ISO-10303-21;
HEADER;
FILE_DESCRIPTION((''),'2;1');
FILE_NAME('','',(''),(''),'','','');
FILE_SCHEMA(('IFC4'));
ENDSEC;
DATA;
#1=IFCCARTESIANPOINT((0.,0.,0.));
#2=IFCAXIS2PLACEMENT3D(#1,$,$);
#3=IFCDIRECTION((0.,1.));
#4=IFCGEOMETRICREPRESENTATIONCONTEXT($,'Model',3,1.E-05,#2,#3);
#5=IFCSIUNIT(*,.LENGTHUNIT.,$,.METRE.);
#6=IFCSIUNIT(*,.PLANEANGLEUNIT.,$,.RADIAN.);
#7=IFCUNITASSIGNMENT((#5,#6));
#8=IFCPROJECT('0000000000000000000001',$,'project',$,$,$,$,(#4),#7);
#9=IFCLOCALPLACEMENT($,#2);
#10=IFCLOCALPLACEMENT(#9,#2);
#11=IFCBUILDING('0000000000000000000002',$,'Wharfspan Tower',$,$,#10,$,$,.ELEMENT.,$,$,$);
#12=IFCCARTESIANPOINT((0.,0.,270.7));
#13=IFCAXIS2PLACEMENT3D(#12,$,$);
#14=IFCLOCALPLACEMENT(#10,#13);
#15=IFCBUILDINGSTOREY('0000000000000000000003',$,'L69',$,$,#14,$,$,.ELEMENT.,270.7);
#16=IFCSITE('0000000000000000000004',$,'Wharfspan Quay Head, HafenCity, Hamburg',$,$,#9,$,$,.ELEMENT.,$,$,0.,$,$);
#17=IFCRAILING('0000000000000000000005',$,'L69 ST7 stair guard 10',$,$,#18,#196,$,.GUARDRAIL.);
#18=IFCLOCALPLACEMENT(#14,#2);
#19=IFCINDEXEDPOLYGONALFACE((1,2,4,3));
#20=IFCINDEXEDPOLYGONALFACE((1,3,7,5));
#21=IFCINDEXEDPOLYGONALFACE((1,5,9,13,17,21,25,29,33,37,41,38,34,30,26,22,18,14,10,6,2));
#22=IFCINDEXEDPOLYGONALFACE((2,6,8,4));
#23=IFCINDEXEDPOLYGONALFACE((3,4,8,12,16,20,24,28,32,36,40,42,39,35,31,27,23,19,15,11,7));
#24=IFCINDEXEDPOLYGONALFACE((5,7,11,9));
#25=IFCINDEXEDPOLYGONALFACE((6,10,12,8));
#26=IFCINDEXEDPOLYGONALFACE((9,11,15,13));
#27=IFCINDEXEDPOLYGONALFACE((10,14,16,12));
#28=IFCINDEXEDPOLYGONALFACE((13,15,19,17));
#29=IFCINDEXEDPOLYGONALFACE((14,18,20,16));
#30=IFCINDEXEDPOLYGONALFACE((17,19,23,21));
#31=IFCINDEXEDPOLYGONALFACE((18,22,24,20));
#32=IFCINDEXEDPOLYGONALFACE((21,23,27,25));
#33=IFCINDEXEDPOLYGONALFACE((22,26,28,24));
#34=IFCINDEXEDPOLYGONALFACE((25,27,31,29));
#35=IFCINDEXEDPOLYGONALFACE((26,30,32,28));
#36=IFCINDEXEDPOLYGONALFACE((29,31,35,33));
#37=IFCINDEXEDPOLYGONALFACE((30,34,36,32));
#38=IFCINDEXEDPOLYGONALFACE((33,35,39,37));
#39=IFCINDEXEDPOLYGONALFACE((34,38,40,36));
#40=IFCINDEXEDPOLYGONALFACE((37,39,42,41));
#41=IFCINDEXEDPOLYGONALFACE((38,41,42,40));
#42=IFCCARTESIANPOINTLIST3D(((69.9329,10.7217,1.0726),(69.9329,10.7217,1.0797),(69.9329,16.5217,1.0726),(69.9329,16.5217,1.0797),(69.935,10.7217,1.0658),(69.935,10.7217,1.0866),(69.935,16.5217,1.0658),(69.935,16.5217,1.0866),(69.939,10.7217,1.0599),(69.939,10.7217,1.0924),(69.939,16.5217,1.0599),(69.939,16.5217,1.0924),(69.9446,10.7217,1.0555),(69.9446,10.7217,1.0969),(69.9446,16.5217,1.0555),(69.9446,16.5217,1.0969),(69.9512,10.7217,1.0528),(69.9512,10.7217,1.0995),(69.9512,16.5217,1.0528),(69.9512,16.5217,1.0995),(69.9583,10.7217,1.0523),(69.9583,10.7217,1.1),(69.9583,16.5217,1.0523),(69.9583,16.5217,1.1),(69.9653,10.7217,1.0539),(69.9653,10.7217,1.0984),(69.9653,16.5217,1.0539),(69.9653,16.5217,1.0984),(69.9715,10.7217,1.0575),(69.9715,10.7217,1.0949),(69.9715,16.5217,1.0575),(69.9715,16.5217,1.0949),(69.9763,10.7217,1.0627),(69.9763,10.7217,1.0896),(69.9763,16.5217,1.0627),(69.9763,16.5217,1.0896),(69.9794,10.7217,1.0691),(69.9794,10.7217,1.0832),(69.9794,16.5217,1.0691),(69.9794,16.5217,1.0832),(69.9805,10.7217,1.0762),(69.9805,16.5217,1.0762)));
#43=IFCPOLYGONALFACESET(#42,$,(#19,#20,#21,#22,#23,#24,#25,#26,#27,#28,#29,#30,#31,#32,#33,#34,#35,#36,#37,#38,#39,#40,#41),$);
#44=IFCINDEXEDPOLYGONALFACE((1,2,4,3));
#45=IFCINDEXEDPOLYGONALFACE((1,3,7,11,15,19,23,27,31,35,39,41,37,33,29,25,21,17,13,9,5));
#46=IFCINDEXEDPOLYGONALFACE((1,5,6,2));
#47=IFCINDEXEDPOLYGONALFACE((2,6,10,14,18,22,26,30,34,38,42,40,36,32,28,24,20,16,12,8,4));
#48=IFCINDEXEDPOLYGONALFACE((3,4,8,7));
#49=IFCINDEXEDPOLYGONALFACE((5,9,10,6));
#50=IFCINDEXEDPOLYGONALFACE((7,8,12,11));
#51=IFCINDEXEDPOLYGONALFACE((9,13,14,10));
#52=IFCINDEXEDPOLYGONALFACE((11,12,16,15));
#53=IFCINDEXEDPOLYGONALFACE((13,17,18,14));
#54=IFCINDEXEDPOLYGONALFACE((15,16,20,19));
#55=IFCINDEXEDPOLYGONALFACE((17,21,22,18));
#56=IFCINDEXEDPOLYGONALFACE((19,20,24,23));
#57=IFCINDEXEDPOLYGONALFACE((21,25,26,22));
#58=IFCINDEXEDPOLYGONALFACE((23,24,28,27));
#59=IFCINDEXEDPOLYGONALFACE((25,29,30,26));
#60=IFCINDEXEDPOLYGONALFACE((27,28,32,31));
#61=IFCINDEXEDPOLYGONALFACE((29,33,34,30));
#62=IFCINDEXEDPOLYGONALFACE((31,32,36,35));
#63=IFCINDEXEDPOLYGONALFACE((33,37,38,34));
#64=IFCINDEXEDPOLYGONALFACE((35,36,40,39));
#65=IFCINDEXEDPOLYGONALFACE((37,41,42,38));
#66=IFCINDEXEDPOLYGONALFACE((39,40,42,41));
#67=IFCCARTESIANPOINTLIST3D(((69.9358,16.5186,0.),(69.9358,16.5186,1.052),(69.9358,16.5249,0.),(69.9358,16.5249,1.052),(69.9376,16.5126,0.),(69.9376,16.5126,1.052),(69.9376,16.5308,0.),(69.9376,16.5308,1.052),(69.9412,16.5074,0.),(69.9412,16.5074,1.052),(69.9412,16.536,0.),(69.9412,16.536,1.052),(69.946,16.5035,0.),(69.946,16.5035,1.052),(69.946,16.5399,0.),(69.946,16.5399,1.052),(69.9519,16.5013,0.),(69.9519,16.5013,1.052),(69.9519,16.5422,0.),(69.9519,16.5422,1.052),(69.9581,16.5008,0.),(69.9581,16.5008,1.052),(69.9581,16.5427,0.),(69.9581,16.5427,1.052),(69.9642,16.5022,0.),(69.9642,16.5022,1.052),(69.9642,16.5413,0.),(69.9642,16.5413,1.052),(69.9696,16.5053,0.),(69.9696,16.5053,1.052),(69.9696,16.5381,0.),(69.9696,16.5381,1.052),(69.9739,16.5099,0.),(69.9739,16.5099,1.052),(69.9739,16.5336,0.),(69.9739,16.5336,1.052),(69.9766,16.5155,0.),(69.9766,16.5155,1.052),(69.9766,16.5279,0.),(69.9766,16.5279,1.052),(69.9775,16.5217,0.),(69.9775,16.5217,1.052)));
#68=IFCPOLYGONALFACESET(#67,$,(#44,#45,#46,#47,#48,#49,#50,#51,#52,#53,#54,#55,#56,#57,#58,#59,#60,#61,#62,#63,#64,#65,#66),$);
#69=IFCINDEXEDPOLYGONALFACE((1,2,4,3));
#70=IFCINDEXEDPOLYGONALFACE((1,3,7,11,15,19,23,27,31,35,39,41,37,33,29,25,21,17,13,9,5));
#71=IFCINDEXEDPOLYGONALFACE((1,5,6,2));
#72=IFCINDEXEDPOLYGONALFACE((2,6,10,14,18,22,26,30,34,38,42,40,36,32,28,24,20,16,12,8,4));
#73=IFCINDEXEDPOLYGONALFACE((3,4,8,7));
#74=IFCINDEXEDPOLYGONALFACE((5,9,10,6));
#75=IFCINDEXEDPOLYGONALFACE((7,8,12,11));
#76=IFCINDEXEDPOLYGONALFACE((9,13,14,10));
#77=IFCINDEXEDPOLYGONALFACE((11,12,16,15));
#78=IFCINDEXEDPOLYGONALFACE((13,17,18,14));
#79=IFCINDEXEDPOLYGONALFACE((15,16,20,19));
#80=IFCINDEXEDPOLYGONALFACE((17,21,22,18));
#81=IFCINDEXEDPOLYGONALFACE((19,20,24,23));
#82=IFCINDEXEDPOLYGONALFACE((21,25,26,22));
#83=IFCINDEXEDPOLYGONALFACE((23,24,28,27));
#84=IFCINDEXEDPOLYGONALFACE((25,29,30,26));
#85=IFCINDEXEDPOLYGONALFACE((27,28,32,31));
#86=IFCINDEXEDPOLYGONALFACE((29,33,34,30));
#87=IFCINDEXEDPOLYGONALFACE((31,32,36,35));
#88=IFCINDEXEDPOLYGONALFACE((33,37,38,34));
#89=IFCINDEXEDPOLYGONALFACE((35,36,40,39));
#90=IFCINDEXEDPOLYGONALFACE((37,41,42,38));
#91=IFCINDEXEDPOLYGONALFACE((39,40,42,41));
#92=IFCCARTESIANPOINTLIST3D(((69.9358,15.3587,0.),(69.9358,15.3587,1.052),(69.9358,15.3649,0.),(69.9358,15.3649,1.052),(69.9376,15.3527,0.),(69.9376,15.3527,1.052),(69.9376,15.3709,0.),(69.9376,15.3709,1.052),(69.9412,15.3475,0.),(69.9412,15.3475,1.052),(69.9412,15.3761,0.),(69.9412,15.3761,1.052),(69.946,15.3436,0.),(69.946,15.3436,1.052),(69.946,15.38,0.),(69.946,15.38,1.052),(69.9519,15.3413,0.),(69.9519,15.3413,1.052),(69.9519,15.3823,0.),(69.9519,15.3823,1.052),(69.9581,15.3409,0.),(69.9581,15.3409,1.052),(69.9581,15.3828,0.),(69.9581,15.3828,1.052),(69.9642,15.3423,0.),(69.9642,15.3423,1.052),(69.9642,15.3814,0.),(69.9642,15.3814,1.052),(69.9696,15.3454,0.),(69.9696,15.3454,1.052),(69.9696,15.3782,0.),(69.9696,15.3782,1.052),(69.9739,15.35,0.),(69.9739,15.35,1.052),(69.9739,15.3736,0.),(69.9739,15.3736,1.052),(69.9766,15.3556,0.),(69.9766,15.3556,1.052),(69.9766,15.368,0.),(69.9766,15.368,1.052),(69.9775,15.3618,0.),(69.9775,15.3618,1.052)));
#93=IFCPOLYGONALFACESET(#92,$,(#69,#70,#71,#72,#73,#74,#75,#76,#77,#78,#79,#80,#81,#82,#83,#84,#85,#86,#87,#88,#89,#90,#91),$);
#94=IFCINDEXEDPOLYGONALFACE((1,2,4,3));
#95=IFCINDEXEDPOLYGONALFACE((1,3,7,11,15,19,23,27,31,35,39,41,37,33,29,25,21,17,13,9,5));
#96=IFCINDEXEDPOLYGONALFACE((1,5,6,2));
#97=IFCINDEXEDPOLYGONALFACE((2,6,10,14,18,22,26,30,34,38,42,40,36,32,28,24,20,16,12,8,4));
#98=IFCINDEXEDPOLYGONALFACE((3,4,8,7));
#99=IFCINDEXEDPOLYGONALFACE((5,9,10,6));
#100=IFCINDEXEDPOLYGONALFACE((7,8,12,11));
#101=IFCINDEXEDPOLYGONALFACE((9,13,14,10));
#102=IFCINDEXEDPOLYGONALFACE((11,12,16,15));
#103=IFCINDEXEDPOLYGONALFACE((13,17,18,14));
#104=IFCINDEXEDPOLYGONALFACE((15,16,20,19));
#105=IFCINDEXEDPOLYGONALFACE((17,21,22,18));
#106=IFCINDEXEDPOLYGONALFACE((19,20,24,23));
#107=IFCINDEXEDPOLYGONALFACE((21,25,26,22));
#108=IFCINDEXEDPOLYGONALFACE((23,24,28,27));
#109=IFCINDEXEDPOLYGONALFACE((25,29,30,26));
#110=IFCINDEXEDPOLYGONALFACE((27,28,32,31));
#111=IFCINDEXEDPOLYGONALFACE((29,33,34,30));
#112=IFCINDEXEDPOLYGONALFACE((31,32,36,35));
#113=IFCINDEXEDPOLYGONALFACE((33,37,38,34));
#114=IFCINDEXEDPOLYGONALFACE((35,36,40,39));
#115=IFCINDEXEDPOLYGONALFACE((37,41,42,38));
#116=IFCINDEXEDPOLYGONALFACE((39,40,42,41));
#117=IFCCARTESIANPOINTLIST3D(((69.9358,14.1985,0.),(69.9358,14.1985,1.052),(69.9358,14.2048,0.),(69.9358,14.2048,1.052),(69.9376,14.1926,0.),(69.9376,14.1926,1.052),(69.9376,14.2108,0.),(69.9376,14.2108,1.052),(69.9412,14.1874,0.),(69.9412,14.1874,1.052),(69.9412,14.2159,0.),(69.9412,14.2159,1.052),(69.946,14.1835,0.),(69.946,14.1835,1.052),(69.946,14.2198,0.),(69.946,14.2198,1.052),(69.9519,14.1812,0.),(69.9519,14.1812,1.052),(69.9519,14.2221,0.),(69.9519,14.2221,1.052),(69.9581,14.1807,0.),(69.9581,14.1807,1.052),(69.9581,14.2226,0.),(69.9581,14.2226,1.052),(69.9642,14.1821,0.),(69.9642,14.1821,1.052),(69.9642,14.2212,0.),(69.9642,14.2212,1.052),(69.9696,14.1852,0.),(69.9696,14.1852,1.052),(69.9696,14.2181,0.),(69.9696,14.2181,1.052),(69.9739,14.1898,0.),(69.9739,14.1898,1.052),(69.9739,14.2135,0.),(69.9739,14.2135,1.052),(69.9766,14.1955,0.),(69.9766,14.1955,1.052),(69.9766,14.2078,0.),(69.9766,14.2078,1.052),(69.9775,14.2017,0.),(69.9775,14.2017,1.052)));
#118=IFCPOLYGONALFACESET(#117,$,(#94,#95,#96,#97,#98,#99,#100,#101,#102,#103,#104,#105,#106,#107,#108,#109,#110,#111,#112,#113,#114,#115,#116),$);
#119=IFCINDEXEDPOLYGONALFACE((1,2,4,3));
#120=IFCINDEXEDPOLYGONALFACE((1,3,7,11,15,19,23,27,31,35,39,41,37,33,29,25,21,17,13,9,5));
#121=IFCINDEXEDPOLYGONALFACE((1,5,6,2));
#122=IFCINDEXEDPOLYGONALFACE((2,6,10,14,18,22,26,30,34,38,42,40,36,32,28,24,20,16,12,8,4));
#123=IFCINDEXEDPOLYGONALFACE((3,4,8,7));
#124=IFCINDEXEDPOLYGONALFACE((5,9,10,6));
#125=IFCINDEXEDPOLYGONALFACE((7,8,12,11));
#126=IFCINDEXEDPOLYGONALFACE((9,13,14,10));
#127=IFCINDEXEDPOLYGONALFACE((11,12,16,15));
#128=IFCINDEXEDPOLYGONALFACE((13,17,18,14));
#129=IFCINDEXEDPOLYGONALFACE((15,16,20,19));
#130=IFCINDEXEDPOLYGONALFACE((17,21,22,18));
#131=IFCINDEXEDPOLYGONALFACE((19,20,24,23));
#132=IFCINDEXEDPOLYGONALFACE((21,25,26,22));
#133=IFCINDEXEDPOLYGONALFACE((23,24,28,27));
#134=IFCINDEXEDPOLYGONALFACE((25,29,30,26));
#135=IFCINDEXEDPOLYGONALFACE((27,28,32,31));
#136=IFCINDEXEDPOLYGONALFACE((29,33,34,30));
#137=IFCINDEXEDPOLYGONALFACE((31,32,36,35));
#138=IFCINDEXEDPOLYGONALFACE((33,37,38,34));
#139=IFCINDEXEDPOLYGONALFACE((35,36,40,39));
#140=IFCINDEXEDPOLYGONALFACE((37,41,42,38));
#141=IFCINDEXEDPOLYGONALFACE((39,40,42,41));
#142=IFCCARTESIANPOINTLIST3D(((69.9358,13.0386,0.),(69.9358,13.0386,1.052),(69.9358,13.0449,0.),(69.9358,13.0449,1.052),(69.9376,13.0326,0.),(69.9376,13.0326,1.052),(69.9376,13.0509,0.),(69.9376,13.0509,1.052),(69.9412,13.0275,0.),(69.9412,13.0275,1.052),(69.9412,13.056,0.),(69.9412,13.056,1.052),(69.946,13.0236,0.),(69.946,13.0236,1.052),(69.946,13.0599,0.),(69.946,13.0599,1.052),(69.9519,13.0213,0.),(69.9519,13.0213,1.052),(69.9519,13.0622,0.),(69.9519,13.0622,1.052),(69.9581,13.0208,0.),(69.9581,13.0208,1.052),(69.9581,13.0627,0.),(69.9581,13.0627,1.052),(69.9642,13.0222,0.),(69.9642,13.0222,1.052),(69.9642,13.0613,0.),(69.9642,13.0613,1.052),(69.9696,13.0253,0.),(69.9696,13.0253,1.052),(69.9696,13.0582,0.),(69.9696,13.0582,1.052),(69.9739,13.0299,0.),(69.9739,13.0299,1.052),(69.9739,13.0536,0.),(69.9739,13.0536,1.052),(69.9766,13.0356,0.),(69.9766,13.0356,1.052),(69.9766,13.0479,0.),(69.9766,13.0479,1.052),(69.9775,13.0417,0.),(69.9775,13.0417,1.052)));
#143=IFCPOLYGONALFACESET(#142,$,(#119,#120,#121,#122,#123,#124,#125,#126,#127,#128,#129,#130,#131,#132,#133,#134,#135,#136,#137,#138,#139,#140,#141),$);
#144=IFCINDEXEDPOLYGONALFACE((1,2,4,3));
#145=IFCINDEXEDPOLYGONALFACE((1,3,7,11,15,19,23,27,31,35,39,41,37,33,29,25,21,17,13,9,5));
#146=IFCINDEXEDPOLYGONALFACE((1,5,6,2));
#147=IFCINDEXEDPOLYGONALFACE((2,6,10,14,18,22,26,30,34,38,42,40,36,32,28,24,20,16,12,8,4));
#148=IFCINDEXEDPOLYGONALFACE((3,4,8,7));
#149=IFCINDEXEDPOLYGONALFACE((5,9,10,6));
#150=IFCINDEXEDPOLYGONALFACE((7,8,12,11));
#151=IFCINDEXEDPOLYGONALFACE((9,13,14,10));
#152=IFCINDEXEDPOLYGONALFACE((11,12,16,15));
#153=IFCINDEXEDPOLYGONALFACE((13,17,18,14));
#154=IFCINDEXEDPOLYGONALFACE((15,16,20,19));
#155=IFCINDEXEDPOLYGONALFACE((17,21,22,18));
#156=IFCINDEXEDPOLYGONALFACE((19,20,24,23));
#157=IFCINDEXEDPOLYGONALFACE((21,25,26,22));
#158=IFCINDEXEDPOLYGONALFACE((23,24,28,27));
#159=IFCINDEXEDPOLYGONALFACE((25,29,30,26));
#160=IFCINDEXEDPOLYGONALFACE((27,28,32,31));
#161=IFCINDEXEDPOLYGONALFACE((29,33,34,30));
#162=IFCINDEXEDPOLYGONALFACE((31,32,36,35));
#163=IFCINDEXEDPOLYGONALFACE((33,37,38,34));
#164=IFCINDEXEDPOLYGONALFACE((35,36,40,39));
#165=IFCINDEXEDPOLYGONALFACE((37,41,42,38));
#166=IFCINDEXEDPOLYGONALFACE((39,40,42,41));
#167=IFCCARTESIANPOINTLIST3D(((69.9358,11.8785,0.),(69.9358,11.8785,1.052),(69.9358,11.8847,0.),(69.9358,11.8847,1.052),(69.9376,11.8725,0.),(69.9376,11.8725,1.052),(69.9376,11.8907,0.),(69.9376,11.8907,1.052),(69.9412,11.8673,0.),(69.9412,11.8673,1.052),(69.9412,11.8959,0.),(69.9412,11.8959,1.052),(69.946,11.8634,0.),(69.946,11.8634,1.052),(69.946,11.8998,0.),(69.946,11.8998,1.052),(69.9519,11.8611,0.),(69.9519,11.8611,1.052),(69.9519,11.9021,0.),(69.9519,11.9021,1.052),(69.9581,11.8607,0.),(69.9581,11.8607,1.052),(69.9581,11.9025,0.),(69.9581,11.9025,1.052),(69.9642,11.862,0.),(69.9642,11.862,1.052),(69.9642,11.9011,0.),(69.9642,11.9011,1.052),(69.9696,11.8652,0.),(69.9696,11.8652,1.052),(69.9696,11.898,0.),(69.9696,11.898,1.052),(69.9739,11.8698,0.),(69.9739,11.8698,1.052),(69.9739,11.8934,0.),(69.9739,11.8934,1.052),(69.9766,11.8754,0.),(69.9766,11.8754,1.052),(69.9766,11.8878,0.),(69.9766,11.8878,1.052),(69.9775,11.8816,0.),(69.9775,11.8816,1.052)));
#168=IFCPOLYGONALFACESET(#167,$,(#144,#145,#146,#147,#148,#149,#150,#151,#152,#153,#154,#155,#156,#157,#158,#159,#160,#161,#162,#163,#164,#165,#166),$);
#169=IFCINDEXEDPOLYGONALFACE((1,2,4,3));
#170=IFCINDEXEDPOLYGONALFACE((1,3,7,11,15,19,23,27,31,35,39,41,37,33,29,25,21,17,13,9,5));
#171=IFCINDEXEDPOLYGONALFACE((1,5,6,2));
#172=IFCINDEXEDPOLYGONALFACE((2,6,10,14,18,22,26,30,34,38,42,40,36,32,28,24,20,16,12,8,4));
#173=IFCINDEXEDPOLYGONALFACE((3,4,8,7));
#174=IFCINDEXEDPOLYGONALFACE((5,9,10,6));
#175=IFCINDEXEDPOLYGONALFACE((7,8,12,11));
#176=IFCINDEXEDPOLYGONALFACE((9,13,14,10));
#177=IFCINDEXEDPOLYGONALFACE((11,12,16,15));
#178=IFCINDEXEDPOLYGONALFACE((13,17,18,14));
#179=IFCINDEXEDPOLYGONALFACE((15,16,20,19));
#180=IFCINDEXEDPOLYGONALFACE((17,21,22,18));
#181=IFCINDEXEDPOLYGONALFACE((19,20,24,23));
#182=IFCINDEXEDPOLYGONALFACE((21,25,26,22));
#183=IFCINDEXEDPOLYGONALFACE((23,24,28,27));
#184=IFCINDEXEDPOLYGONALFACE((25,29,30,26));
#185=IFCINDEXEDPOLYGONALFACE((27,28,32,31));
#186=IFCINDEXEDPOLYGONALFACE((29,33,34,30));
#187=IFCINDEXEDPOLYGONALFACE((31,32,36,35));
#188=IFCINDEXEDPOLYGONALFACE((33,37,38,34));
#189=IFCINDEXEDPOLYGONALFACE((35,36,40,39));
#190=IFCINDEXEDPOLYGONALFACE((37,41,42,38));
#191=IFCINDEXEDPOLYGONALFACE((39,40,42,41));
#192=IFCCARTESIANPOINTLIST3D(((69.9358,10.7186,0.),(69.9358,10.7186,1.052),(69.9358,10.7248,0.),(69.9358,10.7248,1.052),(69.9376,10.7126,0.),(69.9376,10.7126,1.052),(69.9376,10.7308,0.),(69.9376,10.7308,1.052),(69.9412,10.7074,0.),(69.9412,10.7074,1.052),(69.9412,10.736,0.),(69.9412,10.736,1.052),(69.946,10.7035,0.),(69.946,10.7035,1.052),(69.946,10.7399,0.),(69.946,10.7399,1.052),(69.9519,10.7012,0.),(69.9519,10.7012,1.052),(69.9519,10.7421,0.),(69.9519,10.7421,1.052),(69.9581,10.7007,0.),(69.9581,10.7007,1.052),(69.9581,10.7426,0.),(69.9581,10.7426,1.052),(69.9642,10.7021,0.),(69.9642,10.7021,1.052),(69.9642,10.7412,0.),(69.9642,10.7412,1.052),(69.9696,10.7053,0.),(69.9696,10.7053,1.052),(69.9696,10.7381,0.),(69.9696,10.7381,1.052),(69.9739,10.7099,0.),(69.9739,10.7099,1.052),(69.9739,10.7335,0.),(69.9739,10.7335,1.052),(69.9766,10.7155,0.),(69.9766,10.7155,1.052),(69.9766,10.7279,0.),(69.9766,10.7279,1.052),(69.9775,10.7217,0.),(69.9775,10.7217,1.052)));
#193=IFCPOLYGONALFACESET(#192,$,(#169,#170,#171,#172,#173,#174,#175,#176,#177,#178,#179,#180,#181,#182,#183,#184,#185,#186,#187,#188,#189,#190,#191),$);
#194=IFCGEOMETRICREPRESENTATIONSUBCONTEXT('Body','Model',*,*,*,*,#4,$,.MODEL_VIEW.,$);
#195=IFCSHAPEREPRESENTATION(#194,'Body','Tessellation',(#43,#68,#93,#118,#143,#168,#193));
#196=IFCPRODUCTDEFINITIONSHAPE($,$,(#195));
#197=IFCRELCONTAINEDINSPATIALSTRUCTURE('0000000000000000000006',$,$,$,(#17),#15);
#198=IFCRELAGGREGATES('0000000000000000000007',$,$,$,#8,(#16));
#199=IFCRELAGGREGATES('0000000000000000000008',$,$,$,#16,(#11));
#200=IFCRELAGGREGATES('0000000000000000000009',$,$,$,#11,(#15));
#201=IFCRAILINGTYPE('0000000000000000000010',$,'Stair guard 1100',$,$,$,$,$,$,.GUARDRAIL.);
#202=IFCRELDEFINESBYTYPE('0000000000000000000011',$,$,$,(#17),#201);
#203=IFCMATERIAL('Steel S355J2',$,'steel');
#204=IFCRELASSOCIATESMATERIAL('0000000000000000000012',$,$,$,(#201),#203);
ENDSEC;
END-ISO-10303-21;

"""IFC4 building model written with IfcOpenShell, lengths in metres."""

from ifc_helpers import new_model, si_unit, direction, frame, origin, origin_2d, place, context, subcontext, project, spatial, circle, extrude, material, type_object, element, save


model = new_model("IFC4")

# Units and contexts
model_context = context("Model", 3, precision=1e-05, world=origin(), true_north=direction((0.0, 1.0)))
body_context = subcontext(model_context, "Body", "Model", "MODEL_VIEW")
ifc_project = project(units=[si_unit("LENGTHUNIT", "METRE"), si_unit("PLANEANGLEUNIT", "RADIAN")], contexts=[model_context])

# Site, building, storey
site_placement = place(None, origin())
site = spatial("IfcSite", under=ifc_project, at=site_placement, Name="Wharfspan Quay Head, HafenCity, Hamburg", CompositionType="ELEMENT", RefElevation=0.0)
building_placement = place(site_placement, origin())
building = spatial("IfcBuilding", under=site, at=building_placement, Name="Wharfspan Tower", CompositionType="ELEMENT")
storey_placement = place(building_placement, frame((0.0, 0.0, 270.7)))
storey = spatial("IfcBuildingStorey", under=building, at=storey_placement, Name="L69", CompositionType="ELEMENT", Elevation=270.7)

# Shared definitions
ifc_material_1 = material(Name="Steel S355J2", Category="steel")

# Railing
railing_type_1 = type_object("IfcRailingType", Name="Stair guard 1100", PredefinedType="GUARDRAIL", material=ifc_material_1)
for number, where, name in (
    (1, (69.9565, 16.5217, 0.0), "L69 ST7 stair guard 10"),
):
    element("IfcRailing", number, at=place(storey_placement, frame(where)), inside=storey, type_object=railing_type_1, Name=name, PredefinedType="GUARDRAIL", context=body_context, shape_type="SweptSolid", body=[
        extrude(circle(Radius=0.0239, at=origin_2d()), frame((0.0, 0.0, 1.0762), z_axis=(0.0, -1.0, 0.0), x_axis=(1.0, 0.0, 0.0)), (0.0, 0.0, 1.0), 5.8),
        extrude(circle(Radius=0.021, at=origin_2d()), origin(), (0.0, 0.0, 1.0), 1.052),
        extrude(circle(Radius=0.021, at=origin_2d()), frame((0.0, -1.1599, 0.0)), (0.0, 0.0, 1.0), 1.052),
        extrude(circle(Radius=0.021, at=origin_2d()), frame((0.0, -2.3201, 0.0)), (0.0, 0.0, 1.0), 1.052),
        extrude(circle(Radius=0.021, at=origin_2d()), frame((0.0, -3.48, 0.0)), (0.0, 0.0, 1.0), 1.052),
        extrude(circle(Radius=0.021, at=origin_2d()), frame((0.0, -4.6401, 0.0)), (0.0, 0.0, 1.0), 1.052),
        extrude(circle(Radius=0.021, at=origin_2d()), frame((0.0, -5.8, 0.0)), (0.0, 0.0, 1.0), 1.052),
    ])

save(model, "model.ifc")
